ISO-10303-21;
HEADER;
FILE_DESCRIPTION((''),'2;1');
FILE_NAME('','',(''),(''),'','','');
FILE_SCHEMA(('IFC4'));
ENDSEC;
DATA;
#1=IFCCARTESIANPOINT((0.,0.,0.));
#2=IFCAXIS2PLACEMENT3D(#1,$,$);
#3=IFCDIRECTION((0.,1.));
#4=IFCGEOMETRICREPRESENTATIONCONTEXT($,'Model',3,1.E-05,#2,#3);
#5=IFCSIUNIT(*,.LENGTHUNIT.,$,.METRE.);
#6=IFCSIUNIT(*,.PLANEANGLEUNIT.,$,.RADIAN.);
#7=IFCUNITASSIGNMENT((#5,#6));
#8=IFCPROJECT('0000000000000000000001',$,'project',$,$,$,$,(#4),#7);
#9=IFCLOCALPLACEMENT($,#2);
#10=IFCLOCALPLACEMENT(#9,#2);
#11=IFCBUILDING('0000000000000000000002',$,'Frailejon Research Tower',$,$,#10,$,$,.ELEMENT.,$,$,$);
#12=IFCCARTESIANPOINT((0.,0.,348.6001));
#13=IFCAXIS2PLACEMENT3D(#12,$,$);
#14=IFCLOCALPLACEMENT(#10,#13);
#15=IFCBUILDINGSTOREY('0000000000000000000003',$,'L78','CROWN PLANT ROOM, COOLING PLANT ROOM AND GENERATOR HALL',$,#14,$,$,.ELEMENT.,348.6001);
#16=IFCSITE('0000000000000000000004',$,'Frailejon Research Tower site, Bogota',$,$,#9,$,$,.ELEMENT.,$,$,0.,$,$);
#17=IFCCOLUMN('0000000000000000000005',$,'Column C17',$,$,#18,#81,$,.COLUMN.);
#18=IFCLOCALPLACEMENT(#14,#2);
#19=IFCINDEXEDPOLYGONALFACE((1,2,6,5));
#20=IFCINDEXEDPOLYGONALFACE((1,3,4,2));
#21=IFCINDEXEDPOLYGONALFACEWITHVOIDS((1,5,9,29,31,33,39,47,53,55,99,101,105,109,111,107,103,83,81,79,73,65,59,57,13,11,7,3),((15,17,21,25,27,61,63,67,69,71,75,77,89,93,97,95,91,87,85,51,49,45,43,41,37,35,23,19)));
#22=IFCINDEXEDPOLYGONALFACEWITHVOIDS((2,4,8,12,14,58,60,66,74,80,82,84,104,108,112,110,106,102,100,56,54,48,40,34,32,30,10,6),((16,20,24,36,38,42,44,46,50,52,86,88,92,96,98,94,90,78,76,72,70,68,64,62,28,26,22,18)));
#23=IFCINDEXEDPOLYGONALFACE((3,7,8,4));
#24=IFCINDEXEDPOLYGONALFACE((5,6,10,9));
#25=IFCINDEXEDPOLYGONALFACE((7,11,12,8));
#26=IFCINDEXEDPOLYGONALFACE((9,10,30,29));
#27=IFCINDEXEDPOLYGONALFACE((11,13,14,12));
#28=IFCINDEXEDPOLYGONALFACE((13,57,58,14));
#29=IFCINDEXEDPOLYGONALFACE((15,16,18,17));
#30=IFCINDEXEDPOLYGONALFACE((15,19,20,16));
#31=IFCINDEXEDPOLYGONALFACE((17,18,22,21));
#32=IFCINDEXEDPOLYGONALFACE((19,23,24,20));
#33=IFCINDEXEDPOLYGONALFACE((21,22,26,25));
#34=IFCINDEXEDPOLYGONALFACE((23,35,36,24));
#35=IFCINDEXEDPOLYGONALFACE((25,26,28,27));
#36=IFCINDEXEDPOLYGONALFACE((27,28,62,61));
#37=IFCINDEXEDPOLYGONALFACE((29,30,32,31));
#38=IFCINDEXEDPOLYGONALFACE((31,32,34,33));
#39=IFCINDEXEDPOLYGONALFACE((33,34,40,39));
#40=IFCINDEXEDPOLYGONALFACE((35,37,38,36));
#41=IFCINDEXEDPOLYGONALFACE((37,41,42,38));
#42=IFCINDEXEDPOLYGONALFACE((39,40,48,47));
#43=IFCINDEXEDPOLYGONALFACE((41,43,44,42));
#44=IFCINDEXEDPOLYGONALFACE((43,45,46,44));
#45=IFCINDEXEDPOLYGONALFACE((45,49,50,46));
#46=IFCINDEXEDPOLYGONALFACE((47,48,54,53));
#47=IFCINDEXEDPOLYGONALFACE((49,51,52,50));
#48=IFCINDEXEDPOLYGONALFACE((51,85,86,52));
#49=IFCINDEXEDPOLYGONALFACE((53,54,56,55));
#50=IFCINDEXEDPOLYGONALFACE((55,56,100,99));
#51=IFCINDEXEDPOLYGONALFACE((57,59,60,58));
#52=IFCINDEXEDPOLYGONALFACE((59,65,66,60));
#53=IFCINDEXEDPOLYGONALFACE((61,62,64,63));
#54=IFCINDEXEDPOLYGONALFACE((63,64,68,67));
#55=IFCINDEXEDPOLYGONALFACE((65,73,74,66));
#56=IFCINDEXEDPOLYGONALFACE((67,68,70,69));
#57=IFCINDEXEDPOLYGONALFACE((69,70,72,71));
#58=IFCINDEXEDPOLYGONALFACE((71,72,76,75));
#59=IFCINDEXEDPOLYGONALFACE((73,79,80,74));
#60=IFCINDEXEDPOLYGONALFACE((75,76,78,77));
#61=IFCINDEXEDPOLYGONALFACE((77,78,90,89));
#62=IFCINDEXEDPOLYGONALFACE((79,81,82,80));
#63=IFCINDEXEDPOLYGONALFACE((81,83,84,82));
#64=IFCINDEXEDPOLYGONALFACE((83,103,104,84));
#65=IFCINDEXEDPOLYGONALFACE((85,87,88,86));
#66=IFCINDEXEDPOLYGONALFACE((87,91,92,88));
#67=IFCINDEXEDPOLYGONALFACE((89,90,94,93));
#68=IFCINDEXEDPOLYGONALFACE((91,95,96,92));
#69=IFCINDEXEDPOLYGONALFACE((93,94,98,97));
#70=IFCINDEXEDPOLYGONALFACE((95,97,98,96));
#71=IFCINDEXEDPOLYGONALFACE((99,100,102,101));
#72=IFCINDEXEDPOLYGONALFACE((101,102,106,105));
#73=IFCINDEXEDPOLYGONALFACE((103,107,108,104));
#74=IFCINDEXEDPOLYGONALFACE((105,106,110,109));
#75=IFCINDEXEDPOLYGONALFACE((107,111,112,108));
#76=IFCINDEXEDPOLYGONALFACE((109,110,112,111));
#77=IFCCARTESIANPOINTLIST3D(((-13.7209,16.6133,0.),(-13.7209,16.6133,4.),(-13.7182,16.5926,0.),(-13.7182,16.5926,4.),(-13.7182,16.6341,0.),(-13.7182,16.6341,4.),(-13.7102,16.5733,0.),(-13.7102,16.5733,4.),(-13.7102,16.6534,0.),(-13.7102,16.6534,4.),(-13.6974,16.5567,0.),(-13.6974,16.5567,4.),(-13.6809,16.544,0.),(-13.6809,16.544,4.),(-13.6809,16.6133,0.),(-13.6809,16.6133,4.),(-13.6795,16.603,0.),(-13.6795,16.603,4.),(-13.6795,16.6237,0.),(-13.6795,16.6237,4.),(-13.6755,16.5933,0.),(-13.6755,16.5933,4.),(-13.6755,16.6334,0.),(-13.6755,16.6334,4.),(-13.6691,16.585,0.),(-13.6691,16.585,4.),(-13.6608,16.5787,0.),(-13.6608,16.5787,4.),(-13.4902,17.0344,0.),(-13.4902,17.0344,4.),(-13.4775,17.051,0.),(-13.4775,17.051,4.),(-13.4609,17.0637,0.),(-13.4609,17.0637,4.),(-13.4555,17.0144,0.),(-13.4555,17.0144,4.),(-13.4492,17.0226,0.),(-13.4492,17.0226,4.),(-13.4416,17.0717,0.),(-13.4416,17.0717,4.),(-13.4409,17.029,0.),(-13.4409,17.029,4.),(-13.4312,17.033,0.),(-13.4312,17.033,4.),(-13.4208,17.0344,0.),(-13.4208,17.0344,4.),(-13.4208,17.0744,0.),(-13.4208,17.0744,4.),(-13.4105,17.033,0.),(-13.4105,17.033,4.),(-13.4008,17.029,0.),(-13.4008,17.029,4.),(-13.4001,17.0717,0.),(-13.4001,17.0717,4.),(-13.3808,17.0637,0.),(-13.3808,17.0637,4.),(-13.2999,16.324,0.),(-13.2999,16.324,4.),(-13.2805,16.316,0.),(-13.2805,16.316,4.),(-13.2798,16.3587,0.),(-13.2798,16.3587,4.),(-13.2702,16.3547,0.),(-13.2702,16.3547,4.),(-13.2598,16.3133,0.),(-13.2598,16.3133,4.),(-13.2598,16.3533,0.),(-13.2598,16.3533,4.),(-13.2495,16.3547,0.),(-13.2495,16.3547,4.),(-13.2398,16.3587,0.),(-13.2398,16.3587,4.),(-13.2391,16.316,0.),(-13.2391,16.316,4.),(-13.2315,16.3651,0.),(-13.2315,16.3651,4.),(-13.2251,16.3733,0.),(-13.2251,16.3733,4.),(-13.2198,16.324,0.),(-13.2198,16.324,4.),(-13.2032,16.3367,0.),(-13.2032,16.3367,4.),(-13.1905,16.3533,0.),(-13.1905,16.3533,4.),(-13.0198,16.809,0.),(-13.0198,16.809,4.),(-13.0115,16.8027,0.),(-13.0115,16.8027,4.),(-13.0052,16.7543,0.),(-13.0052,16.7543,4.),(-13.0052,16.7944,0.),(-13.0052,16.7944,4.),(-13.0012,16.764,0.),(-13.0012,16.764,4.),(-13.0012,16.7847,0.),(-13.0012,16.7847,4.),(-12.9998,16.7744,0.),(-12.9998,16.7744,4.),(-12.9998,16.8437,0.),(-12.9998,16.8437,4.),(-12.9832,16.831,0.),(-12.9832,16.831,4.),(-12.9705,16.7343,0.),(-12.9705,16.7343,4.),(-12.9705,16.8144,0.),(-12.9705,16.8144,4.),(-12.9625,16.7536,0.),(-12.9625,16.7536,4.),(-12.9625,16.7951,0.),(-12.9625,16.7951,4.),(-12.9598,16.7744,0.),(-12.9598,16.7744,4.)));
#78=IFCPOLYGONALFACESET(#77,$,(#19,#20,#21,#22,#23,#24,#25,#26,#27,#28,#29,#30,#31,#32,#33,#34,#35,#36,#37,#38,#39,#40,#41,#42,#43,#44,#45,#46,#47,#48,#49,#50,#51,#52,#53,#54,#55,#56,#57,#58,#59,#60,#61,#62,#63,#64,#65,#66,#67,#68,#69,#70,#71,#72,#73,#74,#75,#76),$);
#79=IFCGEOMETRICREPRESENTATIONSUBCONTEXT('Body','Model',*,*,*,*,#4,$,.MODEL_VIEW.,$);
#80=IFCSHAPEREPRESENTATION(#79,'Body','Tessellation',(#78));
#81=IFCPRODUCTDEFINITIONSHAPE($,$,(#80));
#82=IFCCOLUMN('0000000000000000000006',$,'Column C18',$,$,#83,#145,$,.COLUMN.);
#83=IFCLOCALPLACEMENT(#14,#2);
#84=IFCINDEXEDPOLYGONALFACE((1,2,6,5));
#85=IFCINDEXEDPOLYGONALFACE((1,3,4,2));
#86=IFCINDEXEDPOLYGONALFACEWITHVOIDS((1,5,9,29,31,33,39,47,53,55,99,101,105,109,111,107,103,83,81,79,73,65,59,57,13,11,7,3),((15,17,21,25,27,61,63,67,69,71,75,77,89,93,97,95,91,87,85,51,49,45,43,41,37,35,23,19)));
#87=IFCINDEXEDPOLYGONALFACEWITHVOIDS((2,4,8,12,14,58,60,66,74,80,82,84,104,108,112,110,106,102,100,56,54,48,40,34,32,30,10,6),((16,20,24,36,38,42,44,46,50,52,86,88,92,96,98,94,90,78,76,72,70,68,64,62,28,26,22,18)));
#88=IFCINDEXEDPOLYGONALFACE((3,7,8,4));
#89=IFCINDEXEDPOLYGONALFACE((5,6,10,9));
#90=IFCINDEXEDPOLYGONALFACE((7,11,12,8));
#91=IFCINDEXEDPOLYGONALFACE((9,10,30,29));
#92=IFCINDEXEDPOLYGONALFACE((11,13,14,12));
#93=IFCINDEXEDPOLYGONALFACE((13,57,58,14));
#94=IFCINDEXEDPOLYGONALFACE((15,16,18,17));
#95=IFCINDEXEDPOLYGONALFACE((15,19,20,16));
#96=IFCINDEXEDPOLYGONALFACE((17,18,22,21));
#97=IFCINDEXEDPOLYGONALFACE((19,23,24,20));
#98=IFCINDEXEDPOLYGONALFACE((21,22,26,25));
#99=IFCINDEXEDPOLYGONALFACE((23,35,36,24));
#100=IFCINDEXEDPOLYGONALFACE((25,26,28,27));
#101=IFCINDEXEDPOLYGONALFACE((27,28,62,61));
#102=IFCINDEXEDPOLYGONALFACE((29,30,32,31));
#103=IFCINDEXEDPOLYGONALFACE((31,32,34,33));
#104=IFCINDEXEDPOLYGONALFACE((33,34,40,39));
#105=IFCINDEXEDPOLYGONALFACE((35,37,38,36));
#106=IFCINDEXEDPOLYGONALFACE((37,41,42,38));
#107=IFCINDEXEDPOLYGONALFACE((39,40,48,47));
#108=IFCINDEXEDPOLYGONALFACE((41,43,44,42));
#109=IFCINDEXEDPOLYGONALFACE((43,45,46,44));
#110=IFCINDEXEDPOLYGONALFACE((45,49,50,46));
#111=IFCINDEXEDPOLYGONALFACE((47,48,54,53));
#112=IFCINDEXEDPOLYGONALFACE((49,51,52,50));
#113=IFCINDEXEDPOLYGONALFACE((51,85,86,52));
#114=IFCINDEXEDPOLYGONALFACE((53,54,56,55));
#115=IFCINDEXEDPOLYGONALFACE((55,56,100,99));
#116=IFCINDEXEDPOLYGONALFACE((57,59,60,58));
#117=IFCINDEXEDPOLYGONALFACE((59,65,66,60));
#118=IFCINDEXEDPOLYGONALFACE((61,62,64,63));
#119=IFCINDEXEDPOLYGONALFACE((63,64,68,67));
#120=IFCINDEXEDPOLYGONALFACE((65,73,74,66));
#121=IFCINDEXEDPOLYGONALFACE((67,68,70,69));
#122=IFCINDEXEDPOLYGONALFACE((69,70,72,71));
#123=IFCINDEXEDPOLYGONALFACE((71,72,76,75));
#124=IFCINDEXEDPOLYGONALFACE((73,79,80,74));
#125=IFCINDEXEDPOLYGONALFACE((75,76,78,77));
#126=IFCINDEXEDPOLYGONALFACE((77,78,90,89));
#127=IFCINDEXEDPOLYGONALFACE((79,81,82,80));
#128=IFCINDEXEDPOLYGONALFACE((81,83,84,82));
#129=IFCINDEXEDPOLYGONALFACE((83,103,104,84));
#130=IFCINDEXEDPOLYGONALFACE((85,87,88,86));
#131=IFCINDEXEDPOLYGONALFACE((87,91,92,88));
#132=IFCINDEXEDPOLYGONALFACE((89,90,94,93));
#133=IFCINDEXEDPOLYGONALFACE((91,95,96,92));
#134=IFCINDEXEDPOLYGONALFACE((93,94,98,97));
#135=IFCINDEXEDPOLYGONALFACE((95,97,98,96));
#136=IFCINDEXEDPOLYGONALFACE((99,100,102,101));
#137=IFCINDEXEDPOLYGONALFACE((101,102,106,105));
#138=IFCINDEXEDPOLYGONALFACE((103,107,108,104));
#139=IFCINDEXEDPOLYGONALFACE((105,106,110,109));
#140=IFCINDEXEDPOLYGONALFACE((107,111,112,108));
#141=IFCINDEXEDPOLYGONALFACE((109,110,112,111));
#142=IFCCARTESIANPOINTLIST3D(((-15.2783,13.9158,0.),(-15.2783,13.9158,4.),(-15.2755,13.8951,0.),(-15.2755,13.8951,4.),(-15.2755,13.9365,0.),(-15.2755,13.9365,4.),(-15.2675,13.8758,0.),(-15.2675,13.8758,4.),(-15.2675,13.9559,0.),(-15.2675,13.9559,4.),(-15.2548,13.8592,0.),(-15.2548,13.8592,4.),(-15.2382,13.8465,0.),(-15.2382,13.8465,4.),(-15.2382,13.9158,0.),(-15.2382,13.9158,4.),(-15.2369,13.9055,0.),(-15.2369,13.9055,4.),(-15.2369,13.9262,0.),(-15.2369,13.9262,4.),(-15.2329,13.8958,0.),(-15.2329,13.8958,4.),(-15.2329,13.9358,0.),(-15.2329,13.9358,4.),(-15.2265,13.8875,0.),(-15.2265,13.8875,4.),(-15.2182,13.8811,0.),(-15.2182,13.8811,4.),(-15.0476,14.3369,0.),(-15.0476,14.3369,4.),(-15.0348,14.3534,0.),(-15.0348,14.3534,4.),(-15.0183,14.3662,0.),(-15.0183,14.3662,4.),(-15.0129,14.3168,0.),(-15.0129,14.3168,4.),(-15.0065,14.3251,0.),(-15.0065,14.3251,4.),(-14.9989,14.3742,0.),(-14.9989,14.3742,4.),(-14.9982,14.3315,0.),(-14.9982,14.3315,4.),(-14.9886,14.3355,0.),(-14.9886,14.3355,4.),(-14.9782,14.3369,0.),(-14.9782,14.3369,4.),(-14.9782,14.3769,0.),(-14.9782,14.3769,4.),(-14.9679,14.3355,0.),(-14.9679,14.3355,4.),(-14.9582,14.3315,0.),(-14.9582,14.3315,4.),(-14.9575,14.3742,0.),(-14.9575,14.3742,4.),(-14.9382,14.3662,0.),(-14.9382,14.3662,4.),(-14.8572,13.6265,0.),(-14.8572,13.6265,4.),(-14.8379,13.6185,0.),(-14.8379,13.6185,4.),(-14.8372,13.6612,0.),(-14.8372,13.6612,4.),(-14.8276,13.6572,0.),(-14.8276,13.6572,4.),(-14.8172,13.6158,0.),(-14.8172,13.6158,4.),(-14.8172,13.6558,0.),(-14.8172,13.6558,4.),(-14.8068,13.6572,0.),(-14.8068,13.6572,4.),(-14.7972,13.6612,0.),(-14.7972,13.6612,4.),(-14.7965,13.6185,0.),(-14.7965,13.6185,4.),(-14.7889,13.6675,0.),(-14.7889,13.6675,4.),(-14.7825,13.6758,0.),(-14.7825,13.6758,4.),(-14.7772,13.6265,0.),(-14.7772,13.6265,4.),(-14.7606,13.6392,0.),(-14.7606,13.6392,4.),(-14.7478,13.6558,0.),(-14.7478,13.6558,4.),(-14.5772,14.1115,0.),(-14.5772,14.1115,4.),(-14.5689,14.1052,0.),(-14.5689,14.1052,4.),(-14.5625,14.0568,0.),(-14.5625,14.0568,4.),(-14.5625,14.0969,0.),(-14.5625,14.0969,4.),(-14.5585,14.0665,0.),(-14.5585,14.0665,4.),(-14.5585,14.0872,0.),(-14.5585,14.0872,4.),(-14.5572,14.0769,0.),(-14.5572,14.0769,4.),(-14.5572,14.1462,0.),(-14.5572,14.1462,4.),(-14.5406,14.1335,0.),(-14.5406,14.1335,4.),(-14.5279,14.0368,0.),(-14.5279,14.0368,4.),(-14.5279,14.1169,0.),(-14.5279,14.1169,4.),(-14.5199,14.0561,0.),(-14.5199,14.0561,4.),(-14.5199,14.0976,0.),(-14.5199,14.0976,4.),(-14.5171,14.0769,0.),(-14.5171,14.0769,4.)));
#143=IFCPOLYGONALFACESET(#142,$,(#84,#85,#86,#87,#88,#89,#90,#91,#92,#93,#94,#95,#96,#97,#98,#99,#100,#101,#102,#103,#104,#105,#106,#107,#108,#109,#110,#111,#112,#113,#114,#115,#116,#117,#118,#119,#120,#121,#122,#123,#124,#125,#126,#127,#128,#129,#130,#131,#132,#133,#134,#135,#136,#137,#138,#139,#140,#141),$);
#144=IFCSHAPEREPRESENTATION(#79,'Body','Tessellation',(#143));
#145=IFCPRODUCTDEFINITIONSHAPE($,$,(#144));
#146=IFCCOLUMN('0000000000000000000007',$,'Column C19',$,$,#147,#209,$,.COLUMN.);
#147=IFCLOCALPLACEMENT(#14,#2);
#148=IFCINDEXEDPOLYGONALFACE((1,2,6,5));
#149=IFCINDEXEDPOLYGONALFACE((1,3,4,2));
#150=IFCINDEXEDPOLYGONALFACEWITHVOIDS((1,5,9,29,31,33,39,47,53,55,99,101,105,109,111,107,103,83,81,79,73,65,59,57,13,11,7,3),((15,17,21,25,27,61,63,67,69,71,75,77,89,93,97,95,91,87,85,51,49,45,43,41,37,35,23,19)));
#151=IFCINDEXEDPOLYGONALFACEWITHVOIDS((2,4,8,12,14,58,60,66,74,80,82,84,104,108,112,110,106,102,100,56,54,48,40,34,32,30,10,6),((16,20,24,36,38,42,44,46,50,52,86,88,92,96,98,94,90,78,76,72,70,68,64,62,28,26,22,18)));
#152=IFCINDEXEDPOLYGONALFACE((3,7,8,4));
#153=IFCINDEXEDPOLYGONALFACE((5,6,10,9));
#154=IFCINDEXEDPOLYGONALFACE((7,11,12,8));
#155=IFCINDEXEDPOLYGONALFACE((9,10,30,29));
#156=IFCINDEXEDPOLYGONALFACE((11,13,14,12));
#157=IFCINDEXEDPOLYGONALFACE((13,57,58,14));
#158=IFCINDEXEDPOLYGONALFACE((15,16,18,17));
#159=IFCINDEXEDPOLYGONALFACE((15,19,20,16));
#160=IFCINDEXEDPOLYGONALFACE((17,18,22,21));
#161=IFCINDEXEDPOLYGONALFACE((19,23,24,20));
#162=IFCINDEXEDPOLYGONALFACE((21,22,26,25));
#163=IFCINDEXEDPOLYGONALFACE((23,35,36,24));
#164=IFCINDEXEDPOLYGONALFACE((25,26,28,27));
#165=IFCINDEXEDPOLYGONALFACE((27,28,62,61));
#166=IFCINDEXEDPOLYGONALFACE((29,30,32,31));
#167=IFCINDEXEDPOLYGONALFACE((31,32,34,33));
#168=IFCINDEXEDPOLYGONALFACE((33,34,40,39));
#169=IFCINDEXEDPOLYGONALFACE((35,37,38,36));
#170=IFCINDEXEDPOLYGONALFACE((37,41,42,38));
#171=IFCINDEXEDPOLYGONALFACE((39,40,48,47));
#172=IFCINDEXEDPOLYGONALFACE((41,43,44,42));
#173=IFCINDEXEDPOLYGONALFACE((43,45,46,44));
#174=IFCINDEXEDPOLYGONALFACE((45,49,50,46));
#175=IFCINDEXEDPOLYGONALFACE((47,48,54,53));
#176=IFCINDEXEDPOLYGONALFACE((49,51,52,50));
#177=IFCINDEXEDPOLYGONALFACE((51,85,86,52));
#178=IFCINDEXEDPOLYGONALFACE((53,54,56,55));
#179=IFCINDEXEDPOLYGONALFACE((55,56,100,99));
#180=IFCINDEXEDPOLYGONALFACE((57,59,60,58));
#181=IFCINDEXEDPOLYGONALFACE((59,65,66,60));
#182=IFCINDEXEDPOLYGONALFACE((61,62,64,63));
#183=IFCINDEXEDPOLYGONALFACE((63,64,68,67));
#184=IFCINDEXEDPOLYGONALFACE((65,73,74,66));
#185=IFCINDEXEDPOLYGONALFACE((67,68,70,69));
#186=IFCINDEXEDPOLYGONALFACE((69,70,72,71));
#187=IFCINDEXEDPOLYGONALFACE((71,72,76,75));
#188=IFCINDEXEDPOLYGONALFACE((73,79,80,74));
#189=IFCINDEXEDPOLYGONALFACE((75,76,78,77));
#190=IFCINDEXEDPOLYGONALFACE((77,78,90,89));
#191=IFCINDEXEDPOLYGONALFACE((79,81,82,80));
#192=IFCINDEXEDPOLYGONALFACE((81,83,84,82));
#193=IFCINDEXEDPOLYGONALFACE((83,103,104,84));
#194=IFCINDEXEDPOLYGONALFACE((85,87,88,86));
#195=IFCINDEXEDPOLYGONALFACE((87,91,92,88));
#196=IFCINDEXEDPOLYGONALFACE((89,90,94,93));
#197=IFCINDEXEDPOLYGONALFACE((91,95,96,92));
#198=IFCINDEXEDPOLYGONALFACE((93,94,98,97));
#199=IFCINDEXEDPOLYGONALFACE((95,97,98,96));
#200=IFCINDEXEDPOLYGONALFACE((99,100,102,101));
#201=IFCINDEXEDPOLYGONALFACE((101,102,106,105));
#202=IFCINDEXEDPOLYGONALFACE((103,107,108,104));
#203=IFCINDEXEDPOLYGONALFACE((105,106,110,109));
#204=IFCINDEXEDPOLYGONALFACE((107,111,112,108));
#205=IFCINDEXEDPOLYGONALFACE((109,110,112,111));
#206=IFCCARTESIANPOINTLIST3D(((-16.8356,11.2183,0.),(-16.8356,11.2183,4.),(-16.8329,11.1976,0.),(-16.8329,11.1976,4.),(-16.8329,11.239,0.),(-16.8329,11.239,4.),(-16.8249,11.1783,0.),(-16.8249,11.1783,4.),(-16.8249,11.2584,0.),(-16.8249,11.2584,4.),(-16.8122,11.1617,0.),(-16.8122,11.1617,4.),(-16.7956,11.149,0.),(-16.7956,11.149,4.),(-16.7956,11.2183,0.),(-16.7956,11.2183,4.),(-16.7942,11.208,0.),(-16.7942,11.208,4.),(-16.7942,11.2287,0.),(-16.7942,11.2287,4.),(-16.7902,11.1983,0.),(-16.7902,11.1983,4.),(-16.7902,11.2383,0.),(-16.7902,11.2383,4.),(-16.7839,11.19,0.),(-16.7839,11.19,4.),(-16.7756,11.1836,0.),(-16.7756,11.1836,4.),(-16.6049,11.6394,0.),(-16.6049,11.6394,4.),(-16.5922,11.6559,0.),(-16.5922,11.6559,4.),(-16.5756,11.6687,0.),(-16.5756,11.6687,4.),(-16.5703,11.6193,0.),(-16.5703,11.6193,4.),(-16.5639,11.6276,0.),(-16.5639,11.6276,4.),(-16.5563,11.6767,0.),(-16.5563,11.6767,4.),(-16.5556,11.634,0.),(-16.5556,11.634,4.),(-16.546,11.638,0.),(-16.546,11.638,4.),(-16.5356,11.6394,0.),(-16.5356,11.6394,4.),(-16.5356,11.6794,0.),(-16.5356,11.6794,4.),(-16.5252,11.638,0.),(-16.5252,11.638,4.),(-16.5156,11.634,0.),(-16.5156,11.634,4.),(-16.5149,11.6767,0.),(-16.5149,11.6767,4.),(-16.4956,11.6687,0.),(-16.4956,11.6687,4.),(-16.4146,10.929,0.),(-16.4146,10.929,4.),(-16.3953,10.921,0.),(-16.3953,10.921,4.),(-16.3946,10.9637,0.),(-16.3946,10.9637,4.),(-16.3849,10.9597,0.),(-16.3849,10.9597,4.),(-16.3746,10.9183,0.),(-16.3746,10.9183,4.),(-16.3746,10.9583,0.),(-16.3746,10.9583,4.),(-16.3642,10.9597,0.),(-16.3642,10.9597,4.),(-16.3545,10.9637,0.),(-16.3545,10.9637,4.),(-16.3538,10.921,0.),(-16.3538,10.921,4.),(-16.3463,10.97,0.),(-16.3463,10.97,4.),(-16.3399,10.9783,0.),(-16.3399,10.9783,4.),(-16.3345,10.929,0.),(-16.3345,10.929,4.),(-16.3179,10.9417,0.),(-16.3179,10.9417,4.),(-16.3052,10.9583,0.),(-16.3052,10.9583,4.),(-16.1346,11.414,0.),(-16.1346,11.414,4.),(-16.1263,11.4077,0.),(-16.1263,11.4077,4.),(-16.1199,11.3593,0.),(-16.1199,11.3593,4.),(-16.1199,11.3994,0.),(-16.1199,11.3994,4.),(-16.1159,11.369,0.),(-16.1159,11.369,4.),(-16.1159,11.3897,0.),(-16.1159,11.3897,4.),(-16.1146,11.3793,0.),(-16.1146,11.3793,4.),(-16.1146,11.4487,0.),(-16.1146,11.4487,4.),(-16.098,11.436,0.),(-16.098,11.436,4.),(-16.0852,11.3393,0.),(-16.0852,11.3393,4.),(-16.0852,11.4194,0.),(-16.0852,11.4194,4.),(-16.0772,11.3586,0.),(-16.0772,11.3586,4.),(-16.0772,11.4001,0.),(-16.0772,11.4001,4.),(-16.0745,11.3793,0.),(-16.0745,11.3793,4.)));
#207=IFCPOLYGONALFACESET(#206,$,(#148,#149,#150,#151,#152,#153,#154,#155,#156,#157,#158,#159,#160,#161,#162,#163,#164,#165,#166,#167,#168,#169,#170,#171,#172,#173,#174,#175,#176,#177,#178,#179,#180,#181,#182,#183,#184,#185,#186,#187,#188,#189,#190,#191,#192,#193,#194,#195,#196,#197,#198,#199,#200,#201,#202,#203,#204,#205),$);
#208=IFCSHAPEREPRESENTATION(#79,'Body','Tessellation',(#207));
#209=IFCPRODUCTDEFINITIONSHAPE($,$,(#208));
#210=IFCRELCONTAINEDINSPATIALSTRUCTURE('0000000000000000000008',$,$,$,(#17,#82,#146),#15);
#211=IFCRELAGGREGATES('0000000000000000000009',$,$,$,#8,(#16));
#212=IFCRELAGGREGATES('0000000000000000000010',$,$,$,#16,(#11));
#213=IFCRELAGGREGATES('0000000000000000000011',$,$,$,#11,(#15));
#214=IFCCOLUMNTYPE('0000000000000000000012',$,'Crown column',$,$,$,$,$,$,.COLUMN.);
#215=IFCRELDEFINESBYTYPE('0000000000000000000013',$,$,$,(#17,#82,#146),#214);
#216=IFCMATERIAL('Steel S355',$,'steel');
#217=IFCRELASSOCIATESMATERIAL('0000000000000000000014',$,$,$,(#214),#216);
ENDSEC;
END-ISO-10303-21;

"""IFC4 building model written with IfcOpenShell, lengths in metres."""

from ifc_helpers import new_model, si_unit, direction, frame, origin, origin_2d, place, context, subcontext, project, spatial, hollow_rectangle, extrude, material, material_profile, profile_set, type_object, element, save


model = new_model("IFC4")

# Units and contexts
model_context = context("Model", 3, precision=1e-05, world=origin(), true_north=direction((0.0, 1.0)))
body_context = subcontext(model_context, "Body", "Model", "MODEL_VIEW")
ifc_project = project(units=[si_unit("LENGTHUNIT", "METRE"), si_unit("PLANEANGLEUNIT", "RADIAN")], contexts=[model_context])

# Site, building, storey
site_placement = place(None, origin())
site = spatial("IfcSite", under=ifc_project, at=site_placement, Name="Frailejon Research Tower site, Bogota", CompositionType="ELEMENT", RefElevation=0.0)
building_placement = place(site_placement, origin())
building = spatial("IfcBuilding", under=site, at=building_placement, Name="Frailejon Research Tower", CompositionType="ELEMENT")
storey_placement = place(building_placement, frame((0.0, 0.0, 348.6001)))
storey = spatial("IfcBuildingStorey", under=building, at=storey_placement, Name="L78", Description="CROWN PLANT ROOM, COOLING PLANT ROOM AND GENERATOR HALL", CompositionType="ELEMENT", Elevation=348.6001)

# Columns
ifc_material_1 = material(Name="Steel S355", Category="steel")
ifc_material_profile_1 = material_profile(ifc_material_1, hollow_rectangle(XDim=0.6001, YDim=0.6001, WallThickness=0.04, InnerFilletRadius=0.04, OuterFilletRadius=0.0801, at=origin_2d()), Name="Crown column")
ifc_profile_set_1 = profile_set([ifc_material_profile_1], Name="Steel S355")
column_type = type_object("IfcColumnType", Name="Crown column", PredefinedType="COLUMN", material=ifc_profile_set_1)
for number, where, z_axis, x_axis, name in (
    (1, (-13.3403, 16.6938, 0.0), (0.0, 0.0, 1.0), (-0.5, -0.866025, 0.0), "Column C17"),
    (2, (-14.8977, 13.9963, 0.0), (0.0, 0.0, 1.0), (-0.5, -0.866025, 0.0), "Column C18"),
    (3, (-16.4551, 11.2988, 0.0), (0.0, 0.0, 1.0), (-0.5, -0.866025, 0.0), "Column C19"),
):
    element("IfcColumn", number, at=place(storey_placement, frame(where, z_axis=z_axis, x_axis=x_axis)), inside=storey, type_object=column_type, Name=name, PredefinedType="COLUMN", context=body_context, shape_type="SweptSolid", body=[
        extrude(hollow_rectangle(XDim=0.6001, YDim=0.6001, WallThickness=0.04, InnerFilletRadius=0.04, OuterFilletRadius=0.0801, at=origin_2d()), origin(), (0.0, 0.0, 1.0), 4.0),
    ])

save(model, "model.ifc")
